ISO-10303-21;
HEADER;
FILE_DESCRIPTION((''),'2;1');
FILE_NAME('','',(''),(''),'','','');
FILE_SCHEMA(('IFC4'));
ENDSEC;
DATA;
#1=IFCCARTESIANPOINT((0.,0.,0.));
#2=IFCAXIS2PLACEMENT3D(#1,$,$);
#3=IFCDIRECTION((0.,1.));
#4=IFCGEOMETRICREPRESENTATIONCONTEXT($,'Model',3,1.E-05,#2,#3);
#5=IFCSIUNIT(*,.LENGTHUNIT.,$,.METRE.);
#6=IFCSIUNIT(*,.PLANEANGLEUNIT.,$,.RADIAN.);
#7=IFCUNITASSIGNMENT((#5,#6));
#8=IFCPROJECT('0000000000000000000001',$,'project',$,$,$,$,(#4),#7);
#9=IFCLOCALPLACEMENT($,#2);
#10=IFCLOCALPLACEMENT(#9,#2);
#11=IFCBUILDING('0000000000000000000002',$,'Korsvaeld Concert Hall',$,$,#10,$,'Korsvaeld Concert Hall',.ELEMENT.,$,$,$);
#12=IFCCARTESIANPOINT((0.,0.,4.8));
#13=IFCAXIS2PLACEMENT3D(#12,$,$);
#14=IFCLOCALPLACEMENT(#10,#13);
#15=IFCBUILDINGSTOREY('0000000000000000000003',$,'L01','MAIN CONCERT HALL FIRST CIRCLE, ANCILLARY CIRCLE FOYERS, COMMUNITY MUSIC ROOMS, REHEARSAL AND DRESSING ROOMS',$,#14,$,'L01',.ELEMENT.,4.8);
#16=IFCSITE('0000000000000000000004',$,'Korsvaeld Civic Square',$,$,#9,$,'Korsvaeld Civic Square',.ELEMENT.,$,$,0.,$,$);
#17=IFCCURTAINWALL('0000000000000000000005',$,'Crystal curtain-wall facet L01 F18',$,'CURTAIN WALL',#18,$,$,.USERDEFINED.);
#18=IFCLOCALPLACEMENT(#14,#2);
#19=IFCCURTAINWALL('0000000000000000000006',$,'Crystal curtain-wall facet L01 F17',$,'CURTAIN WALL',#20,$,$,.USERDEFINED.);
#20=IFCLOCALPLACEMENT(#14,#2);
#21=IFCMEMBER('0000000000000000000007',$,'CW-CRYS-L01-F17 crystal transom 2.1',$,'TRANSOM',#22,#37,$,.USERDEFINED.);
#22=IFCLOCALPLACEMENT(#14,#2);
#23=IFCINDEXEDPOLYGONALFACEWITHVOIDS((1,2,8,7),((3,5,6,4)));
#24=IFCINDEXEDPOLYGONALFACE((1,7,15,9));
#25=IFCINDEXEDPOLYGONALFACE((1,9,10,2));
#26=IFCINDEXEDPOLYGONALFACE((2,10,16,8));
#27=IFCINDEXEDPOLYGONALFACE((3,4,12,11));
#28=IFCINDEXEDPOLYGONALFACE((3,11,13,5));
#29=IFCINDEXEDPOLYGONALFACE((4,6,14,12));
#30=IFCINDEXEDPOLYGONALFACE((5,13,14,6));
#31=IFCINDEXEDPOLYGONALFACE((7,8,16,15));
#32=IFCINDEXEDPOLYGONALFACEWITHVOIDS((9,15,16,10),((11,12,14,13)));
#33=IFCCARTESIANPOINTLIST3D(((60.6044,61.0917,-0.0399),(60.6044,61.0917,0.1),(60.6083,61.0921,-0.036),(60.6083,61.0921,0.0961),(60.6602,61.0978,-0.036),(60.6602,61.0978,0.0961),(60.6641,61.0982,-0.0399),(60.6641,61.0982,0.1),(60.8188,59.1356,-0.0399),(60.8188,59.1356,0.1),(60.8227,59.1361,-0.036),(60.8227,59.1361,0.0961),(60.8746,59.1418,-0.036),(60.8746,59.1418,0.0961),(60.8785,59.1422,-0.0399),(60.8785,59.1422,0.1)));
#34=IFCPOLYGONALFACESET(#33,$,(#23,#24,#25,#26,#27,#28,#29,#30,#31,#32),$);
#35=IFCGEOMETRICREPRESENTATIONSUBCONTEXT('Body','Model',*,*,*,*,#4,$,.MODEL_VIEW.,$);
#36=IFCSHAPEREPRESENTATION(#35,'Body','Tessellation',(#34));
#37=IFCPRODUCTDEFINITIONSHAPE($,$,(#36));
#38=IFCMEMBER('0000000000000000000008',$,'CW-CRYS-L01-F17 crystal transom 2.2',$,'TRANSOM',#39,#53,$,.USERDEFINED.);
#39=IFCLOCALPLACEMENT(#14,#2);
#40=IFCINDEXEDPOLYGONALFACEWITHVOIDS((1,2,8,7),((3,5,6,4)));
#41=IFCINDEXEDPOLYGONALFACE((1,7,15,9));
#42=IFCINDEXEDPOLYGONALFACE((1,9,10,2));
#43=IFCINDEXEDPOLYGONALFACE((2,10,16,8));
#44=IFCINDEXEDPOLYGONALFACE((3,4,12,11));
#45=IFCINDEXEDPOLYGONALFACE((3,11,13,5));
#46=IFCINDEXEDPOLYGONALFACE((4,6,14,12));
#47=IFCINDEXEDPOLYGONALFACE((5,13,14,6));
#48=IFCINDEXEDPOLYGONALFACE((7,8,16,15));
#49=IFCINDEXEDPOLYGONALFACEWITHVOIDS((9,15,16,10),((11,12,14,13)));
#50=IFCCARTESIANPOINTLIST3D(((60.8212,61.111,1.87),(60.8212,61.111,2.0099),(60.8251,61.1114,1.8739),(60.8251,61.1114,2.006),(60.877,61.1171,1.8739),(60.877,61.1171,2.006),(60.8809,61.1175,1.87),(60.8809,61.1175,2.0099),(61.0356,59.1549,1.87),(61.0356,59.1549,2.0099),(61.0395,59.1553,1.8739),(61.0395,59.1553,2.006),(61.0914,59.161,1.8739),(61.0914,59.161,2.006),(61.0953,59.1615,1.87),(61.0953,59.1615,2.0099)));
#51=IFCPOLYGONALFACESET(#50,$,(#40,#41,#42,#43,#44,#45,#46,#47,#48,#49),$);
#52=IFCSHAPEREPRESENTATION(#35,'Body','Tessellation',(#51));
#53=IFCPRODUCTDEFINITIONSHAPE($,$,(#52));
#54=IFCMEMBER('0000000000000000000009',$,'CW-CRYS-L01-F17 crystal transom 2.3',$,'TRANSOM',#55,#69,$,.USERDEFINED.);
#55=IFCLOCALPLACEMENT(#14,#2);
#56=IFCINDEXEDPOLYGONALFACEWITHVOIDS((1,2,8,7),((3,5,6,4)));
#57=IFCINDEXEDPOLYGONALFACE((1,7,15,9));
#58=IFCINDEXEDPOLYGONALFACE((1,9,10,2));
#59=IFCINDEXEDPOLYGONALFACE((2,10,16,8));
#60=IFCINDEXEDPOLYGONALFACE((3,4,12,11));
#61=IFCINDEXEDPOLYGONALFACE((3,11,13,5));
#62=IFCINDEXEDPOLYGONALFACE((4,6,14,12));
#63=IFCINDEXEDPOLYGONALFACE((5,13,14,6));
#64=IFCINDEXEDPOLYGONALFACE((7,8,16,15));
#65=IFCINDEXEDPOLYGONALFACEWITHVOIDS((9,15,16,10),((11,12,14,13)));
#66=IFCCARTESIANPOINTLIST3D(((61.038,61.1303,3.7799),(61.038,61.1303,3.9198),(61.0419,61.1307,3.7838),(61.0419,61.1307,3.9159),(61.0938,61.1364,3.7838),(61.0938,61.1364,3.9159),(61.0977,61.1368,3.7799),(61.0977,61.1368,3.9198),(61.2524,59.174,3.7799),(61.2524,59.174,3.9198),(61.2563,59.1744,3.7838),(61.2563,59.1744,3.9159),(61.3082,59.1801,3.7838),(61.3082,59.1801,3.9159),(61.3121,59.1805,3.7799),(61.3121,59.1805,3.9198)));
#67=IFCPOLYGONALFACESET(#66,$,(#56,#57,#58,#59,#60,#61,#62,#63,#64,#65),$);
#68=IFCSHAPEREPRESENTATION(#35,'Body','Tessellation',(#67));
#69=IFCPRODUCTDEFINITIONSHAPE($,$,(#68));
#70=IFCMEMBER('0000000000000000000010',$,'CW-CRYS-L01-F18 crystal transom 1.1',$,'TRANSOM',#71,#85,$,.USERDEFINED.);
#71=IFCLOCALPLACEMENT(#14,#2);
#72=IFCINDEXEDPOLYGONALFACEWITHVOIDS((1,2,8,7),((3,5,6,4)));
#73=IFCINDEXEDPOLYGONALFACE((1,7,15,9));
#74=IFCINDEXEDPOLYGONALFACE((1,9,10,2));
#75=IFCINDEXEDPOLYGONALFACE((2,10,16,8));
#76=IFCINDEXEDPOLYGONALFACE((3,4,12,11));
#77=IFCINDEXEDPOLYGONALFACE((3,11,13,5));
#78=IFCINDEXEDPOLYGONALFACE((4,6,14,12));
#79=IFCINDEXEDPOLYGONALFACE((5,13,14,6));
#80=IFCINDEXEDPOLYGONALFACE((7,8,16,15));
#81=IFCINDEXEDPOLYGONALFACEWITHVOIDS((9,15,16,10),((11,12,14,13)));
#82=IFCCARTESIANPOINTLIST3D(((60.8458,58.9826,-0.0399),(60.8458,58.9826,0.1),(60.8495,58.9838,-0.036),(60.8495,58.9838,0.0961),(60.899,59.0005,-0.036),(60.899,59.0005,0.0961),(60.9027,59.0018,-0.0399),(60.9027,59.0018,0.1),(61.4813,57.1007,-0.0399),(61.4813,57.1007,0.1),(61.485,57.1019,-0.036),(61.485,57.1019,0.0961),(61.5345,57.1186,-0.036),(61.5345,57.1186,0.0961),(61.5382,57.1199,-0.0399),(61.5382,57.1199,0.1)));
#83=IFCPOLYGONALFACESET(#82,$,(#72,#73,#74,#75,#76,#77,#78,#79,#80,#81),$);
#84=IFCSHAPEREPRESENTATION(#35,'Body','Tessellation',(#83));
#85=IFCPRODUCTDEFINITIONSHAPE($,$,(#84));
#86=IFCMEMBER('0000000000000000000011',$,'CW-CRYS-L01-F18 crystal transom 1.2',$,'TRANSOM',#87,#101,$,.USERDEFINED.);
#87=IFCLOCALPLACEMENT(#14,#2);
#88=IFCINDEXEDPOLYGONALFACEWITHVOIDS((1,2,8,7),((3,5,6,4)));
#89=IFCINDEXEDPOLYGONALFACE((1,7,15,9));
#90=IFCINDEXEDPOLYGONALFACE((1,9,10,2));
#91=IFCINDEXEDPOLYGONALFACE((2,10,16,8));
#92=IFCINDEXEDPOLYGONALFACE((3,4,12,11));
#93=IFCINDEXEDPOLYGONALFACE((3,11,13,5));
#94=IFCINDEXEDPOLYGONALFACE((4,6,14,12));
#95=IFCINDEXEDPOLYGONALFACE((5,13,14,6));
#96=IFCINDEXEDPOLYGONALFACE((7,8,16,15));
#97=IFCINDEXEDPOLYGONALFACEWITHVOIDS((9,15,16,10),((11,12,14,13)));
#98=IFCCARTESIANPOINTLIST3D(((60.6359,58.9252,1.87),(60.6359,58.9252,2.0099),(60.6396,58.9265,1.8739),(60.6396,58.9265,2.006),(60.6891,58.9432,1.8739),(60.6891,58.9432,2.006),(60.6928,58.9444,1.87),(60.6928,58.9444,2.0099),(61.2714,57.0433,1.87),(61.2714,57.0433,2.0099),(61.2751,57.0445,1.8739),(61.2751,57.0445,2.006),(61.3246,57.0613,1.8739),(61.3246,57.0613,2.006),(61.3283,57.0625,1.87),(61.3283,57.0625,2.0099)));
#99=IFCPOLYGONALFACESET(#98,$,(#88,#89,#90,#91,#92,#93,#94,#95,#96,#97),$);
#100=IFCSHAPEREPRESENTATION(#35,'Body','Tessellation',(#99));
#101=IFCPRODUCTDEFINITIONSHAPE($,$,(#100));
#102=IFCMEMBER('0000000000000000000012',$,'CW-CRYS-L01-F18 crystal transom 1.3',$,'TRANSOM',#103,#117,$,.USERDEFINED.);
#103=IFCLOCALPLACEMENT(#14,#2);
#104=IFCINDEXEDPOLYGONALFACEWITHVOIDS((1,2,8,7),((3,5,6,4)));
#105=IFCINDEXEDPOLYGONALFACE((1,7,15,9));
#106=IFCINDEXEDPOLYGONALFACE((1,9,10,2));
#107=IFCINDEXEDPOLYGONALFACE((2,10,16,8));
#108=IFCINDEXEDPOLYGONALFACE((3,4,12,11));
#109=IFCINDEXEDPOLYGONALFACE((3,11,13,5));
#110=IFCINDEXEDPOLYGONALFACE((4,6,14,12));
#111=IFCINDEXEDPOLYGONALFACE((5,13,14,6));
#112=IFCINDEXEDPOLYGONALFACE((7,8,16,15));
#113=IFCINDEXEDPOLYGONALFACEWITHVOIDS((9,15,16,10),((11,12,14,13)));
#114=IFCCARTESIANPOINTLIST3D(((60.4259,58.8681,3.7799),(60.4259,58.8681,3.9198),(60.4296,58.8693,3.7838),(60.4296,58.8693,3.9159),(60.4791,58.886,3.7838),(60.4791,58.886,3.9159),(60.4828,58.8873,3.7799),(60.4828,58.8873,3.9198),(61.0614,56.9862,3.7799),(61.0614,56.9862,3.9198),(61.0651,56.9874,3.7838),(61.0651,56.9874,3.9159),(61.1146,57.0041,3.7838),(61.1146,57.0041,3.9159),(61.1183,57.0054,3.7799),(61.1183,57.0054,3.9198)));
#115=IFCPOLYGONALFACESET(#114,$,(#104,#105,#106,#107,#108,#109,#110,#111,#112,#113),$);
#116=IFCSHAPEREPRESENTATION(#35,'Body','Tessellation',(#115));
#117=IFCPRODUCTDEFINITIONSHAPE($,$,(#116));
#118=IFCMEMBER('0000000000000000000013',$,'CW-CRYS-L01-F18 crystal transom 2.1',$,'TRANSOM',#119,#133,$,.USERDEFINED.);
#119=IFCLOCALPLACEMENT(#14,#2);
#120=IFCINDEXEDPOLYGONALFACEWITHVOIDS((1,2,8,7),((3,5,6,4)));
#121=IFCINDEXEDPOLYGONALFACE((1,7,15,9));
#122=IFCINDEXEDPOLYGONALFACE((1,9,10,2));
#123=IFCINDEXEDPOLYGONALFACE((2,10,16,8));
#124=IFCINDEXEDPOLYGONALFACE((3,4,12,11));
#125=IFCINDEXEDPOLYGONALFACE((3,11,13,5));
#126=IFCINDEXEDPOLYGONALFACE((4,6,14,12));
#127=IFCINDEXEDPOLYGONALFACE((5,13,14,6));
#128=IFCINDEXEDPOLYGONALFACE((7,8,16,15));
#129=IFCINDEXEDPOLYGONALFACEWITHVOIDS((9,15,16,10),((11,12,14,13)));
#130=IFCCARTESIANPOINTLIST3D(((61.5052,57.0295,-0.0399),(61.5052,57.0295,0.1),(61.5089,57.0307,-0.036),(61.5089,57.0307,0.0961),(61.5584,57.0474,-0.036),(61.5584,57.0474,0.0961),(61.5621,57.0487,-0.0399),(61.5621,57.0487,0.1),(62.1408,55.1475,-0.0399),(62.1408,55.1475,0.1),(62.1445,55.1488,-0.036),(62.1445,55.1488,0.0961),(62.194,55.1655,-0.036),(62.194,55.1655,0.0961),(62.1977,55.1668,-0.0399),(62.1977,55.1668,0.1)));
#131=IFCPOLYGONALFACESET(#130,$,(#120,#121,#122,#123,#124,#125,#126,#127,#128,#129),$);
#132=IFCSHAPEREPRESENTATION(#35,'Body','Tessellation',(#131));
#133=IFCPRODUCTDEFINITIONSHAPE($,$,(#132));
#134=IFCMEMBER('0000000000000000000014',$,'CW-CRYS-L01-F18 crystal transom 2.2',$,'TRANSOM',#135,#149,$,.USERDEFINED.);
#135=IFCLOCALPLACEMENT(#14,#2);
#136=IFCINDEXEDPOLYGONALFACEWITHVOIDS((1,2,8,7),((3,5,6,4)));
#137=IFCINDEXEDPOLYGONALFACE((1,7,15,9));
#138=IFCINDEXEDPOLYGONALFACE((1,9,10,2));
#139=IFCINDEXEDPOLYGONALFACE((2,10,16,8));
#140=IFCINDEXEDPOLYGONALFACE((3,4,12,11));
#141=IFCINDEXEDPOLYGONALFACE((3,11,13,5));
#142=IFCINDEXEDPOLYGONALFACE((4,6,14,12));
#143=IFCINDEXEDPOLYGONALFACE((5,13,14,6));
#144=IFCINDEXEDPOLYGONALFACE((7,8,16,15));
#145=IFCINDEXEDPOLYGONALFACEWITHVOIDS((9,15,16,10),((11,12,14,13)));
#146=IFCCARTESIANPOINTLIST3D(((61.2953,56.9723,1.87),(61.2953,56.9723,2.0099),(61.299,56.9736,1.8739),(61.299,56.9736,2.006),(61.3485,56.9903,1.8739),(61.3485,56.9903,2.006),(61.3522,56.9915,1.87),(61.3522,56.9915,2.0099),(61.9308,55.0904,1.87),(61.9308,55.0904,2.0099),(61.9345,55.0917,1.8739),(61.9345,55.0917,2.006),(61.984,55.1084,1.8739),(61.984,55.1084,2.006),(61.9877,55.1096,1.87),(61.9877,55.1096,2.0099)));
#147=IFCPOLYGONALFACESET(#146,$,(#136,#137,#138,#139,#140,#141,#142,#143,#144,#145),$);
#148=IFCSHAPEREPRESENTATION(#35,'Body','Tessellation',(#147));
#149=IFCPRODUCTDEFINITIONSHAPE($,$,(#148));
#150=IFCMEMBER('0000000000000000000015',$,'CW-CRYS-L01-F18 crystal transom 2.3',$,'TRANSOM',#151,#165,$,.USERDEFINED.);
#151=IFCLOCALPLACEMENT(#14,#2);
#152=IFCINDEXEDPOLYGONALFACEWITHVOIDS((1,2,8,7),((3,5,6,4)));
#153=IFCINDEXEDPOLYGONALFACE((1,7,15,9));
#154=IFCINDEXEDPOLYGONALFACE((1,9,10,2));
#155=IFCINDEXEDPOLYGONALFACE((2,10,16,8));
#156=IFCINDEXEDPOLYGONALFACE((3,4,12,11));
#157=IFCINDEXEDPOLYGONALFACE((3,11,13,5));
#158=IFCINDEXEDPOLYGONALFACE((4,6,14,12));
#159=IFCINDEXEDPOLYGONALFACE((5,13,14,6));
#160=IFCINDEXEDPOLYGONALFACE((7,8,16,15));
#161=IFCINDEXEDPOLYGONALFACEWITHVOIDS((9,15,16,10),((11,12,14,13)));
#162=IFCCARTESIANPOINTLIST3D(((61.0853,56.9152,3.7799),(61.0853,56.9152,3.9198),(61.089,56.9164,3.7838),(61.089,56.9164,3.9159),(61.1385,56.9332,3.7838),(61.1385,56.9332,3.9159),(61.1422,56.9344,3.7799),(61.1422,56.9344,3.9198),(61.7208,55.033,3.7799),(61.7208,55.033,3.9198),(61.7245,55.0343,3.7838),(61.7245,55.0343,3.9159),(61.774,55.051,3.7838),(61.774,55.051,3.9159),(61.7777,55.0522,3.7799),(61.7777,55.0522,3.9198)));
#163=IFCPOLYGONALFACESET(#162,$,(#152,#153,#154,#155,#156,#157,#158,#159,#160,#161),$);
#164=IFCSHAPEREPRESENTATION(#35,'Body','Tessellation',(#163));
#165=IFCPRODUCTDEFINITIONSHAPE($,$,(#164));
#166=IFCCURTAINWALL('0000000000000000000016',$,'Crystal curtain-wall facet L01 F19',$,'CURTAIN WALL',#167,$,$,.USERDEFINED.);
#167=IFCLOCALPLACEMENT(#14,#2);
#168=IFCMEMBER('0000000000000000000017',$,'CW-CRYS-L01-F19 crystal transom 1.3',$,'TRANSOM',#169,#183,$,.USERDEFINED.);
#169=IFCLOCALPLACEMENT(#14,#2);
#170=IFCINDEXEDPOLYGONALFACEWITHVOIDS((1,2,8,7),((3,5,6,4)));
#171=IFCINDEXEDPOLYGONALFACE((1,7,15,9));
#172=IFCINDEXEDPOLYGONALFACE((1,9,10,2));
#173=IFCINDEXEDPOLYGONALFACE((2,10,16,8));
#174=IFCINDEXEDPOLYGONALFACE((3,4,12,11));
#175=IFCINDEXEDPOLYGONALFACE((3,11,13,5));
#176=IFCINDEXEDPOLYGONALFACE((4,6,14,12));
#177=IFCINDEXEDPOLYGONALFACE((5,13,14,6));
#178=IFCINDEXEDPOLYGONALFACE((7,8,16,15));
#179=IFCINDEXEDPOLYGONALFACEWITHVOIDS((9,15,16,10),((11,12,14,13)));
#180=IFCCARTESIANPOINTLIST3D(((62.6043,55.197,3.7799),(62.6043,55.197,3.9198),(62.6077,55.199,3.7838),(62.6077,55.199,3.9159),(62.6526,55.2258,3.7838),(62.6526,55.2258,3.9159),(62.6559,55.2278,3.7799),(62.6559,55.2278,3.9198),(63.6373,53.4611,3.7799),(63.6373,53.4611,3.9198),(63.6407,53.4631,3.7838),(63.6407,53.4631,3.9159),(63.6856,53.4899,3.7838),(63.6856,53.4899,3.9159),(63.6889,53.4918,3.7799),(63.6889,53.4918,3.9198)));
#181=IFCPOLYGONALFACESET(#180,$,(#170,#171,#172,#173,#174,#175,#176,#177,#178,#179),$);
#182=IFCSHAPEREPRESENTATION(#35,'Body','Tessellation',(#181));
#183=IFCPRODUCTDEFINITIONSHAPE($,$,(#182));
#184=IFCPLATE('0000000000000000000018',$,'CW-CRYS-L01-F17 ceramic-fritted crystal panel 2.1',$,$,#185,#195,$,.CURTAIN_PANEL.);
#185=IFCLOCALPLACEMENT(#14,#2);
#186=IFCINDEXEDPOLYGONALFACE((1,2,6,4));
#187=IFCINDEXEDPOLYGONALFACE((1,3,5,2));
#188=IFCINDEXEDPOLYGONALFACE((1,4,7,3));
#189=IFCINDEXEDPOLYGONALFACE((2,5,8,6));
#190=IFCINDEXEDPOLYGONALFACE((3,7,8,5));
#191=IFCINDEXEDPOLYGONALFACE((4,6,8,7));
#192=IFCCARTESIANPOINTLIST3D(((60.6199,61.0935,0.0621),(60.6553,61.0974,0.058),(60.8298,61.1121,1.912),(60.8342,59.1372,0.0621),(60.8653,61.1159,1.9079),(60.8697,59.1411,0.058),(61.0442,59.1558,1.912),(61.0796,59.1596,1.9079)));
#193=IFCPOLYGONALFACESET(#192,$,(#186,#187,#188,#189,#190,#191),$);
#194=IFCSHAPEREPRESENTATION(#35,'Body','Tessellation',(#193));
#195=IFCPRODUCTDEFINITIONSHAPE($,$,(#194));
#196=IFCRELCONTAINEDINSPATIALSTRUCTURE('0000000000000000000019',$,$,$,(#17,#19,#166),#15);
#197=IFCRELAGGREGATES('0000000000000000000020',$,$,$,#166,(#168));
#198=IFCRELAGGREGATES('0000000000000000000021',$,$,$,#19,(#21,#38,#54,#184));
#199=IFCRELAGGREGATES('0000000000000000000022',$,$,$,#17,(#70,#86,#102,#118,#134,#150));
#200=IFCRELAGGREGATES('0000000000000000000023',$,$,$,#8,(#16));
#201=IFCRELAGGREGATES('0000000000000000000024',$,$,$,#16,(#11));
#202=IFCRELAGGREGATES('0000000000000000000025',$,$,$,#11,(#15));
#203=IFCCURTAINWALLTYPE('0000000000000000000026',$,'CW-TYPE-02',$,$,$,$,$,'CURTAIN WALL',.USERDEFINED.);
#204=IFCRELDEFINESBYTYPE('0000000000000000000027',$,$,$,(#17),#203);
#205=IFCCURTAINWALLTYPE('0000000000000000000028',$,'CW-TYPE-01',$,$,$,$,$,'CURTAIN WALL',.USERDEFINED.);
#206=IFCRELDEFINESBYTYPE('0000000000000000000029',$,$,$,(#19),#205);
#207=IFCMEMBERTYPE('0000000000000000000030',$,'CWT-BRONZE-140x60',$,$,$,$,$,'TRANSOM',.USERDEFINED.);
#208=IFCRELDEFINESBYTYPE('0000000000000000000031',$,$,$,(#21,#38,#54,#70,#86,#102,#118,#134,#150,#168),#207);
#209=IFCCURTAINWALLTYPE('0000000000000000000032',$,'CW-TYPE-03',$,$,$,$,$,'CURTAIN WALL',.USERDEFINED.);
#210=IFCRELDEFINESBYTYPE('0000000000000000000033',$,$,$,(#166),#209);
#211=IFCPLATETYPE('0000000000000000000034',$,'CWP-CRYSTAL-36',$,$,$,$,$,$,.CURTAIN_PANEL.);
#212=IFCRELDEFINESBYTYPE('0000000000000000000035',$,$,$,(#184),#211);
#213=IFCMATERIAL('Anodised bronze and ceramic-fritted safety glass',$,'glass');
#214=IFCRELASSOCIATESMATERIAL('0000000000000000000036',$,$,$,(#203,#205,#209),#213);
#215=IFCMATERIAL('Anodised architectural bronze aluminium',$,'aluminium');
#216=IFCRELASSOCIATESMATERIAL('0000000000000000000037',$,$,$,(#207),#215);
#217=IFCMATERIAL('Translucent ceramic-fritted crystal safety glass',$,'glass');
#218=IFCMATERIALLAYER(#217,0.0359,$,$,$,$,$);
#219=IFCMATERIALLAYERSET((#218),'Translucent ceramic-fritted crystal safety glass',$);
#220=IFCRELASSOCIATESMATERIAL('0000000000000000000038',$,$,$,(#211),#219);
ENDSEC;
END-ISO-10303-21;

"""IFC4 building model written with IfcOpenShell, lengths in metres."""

from ifc_helpers import new_model, si_unit, direction, frame, origin, origin_2d, place, context, subcontext, project, spatial, polyline, hollow_rectangle, outline, extrude, material, layer, layer_set, material_profile, profile_set, type_object, element, aggregate, save


model = new_model("IFC4")

# Units and contexts
model_context = context("Model", 3, precision=1e-05, world=origin(), true_north=direction((0.0, 1.0)))
body_context = subcontext(model_context, "Body", "Model", "MODEL_VIEW")
ifc_project = project(units=[si_unit("LENGTHUNIT", "METRE"), si_unit("PLANEANGLEUNIT", "RADIAN")], contexts=[model_context])

# Site, building, storey
site_placement = place(None, origin())
site = spatial("IfcSite", under=ifc_project, at=site_placement, Name="Korsvaeld Civic Square", LongName="Korsvaeld Civic Square", CompositionType="ELEMENT", RefElevation=0.0)
building_placement = place(site_placement, origin())
building = spatial("IfcBuilding", under=site, at=building_placement, Name="Korsvaeld Concert Hall", LongName="Korsvaeld Concert Hall", CompositionType="ELEMENT")
storey_placement = place(building_placement, frame((0.0, 0.0, 4.8)))
storey = spatial("IfcBuildingStorey", under=building, at=storey_placement, Name="L01", Description="MAIN CONCERT HALL FIRST CIRCLE, ANCILLARY CIRCLE FOYERS, COMMUNITY MUSIC ROOMS, REHEARSAL AND DRESSING ROOMS", LongName="L01", CompositionType="ELEMENT", Elevation=4.8)

# Curtain walls, members
ifc_material_1 = material(Name="Anodised bronze and ceramic-fritted safety glass", Category="glass")
curtain_wall_type_1 = type_object("IfcCurtainWallType", Name="CW-TYPE-02", ElementType="CURTAIN WALL", PredefinedType="USERDEFINED", material=ifc_material_1)
curtain_wall_1_placement = place(storey_placement, origin())
curtain_wall_1 = element("IfcCurtainWall", 1, at=curtain_wall_1_placement, inside=storey, type_object=curtain_wall_type_1, Name="Crystal curtain-wall facet L01 F18", ObjectType="CURTAIN WALL", PredefinedType="USERDEFINED")
ifc_material_2 = material(Name="Anodised architectural bronze aluminium", Category="aluminium")
curtain_wall_type_2 = type_object("IfcCurtainWallType", Name="CW-TYPE-01", ElementType="CURTAIN WALL", PredefinedType="USERDEFINED", material=ifc_material_1)
curtain_wall_2_placement = place(storey_placement, origin())
curtain_wall_2 = element("IfcCurtainWall", 2, at=curtain_wall_2_placement, inside=storey, type_object=curtain_wall_type_2, Name="Crystal curtain-wall facet L01 F17", ObjectType="CURTAIN WALL", PredefinedType="USERDEFINED")
ifc_material_profile_1 = material_profile(ifc_material_2, hollow_rectangle(XDim=0.0601, YDim=0.1399, WallThickness=0.0039, at=origin_2d()), Name="CWT 140x60x4")
ifc_profile_set_1 = profile_set([ifc_material_profile_1], Name="Anodised architectural bronze aluminium")
member_type_1 = type_object("IfcMemberType", Name="CWT-BRONZE-140x60", ElementType="TRANSOM", PredefinedType="USERDEFINED", material=ifc_profile_set_1)
member_1_placement = place(storey_placement, frame((60.6343, 61.095, 0.03), z_axis=(0.108933, -0.994049, 0.0), x_axis=(0.994049, 0.108933, 0.0)))
member_1 = element("IfcMember", 3, at=member_1_placement, type_object=member_type_1, Name="CW-CRYS-L01-F17 crystal transom 2.1", ObjectType="TRANSOM", PredefinedType="USERDEFINED", context=body_context, shape_type="SweptSolid", body=[
    extrude(hollow_rectangle(XDim=0.0601, YDim=0.1399, WallThickness=0.0039, at=origin_2d()), origin(), (0.0, 0.0, 1.0), 1.9678),
])
member_2_placement = place(storey_placement, frame((60.8511, 61.1143, 1.9399), z_axis=(0.108933, -0.994049, 0.0), x_axis=(0.994049, 0.108933, 0.0)))
member_2 = element("IfcMember", 4, at=member_2_placement, type_object=member_type_1, Name="CW-CRYS-L01-F17 crystal transom 2.2", ObjectType="TRANSOM", PredefinedType="USERDEFINED", context=body_context, shape_type="SweptSolid", body=[
    extrude(hollow_rectangle(XDim=0.0601, YDim=0.1399, WallThickness=0.0039, at=origin_2d()), origin(), (0.0, 0.0, 1.0), 1.9678),
])
member_3_placement = place(storey_placement, frame((61.0679, 61.1335, 3.8499), z_axis=(0.10892, -0.994051, 0.0), x_axis=(0.994051, 0.10892, 0.0)))
member_3 = element("IfcMember", 5, at=member_3_placement, type_object=member_type_1, Name="CW-CRYS-L01-F17 crystal transom 2.3", ObjectType="TRANSOM", PredefinedType="USERDEFINED", context=body_context, shape_type="SweptSolid", body=[
    extrude(hollow_rectangle(XDim=0.0601, YDim=0.1399, WallThickness=0.0039, at=origin_2d()), origin(), (0.0, 0.0, 1.0), 1.968),
])

# Members
member_4_placement = place(storey_placement, frame((60.8743, 58.9922, 0.03), z_axis=(0.31995, -0.947435, 0.0), x_axis=(0.947435, 0.31995, 0.0)))
member_4 = element("IfcMember", 6, at=member_4_placement, type_object=member_type_1, Name="CW-CRYS-L01-F18 crystal transom 1.1", ObjectType="TRANSOM", PredefinedType="USERDEFINED", context=body_context, shape_type="SweptSolid", body=[
    extrude(hollow_rectangle(XDim=0.0601, YDim=0.1399, WallThickness=0.0039, at=origin_2d()), origin(), (0.0, 0.0, 1.0), 1.9863),
])
member_5_placement = place(storey_placement, frame((60.6643, 58.9348, 1.9399), z_axis=(0.31995, -0.947435, 0.0), x_axis=(0.947435, 0.31995, 0.0)))
member_5 = element("IfcMember", 7, at=member_5_placement, type_object=member_type_1, Name="CW-CRYS-L01-F18 crystal transom 1.2", ObjectType="TRANSOM", PredefinedType="USERDEFINED", context=body_context, shape_type="SweptSolid", body=[
    extrude(hollow_rectangle(XDim=0.0601, YDim=0.1399, WallThickness=0.0039, at=origin_2d()), origin(), (0.0, 0.0, 1.0), 1.9863),
])
member_6_placement = place(storey_placement, frame((60.4543, 58.8777, 3.8499), z_axis=(0.31995, -0.947435, 0.0), x_axis=(0.947435, 0.31995, 0.0)))
member_6 = element("IfcMember", 8, at=member_6_placement, type_object=member_type_1, Name="CW-CRYS-L01-F18 crystal transom 1.3", ObjectType="TRANSOM", PredefinedType="USERDEFINED", context=body_context, shape_type="SweptSolid", body=[
    extrude(hollow_rectangle(XDim=0.0601, YDim=0.1399, WallThickness=0.0039, at=origin_2d()), origin(), (0.0, 0.0, 1.0), 1.9863),
])
member_7_placement = place(storey_placement, frame((61.5337, 57.0391, 0.03), z_axis=(0.31995, -0.947435, 0.0), x_axis=(0.947435, 0.31995, 0.0)))
member_7 = element("IfcMember", 9, at=member_7_placement, type_object=member_type_1, Name="CW-CRYS-L01-F18 crystal transom 2.1", ObjectType="TRANSOM", PredefinedType="USERDEFINED", context=body_context, shape_type="SweptSolid", body=[
    extrude(hollow_rectangle(XDim=0.0601, YDim=0.1399, WallThickness=0.0039, at=origin_2d()), origin(), (0.0, 0.0, 1.0), 1.9863),
])
member_8_placement = place(storey_placement, frame((61.3237, 56.9819, 1.9399), z_axis=(0.31995, -0.947435, 0.0), x_axis=(0.947435, 0.31995, 0.0)))
member_8 = element("IfcMember", 10, at=member_8_placement, type_object=member_type_1, Name="CW-CRYS-L01-F18 crystal transom 2.2", ObjectType="TRANSOM", PredefinedType="USERDEFINED", context=body_context, shape_type="SweptSolid", body=[
    extrude(hollow_rectangle(XDim=0.0601, YDim=0.1399, WallThickness=0.0039, at=origin_2d()), origin(), (0.0, 0.0, 1.0), 1.9863),
])
member_9_placement = place(storey_placement, frame((61.1138, 56.9248, 3.8499), z_axis=(0.319912, -0.947447, 0.0), x_axis=(0.947447, 0.319912, 0.0)))
member_9 = element("IfcMember", 11, at=member_9_placement, type_object=member_type_1, Name="CW-CRYS-L01-F18 crystal transom 2.3", ObjectType="TRANSOM", PredefinedType="USERDEFINED", context=body_context, shape_type="SweptSolid", body=[
    extrude(hollow_rectangle(XDim=0.0601, YDim=0.1399, WallThickness=0.0039, at=origin_2d()), origin(), (0.0, 0.0, 1.0), 1.9866),
])

# Curtain wall, member
curtain_wall_type_3 = type_object("IfcCurtainWallType", Name="CW-TYPE-03", ElementType="CURTAIN WALL", PredefinedType="USERDEFINED", material=ifc_material_1)
curtain_wall_3_placement = place(storey_placement, origin())
curtain_wall_3 = element("IfcCurtainWall", 12, at=curtain_wall_3_placement, inside=storey, type_object=curtain_wall_type_3, Name="Crystal curtain-wall facet L01 F19", ObjectType="CURTAIN WALL", PredefinedType="USERDEFINED")
member_10_placement = place(storey_placement, frame((62.6301, 55.2124, 3.8499), z_axis=(0.511382, -0.859354, 0.0), x_axis=(0.859354, 0.511382, 0.0)))
member_10 = element("IfcMember", 13, at=member_10_placement, type_object=member_type_1, Name="CW-CRYS-L01-F19 crystal transom 1.3", ObjectType="TRANSOM", PredefinedType="USERDEFINED", context=body_context, shape_type="SweptSolid", body=[
    extrude(hollow_rectangle(XDim=0.0601, YDim=0.1399, WallThickness=0.0039, at=origin_2d()), origin(), (0.0, 0.0, 1.0), 2.02),
])
aggregate(curtain_wall_3, [member_10])

# Plate
ifc_material_3 = material(Name="Translucent ceramic-fritted crystal safety glass", Category="glass")
ifc_layer_1 = layer(ifc_material_3, 0.0359)
ifc_layer_set_1 = layer_set([ifc_layer_1], Name="Translucent ceramic-fritted crystal safety glass")
plate_type = type_object("IfcPlateType", Name="CWP-CRYSTAL-36", PredefinedType="CURTAIN_PANEL", material=ifc_layer_set_1)
plate_1_placement = place(storey_placement, frame((60.6377, 61.0955, 0.0601), z_axis=(-0.987663, -0.10822, 0.113187), x_axis=(0.10892, -0.994051, 0.0)))
plate_1 = element("IfcPlate", 14, at=plate_1_placement, type_object=plate_type, Name="CW-CRYS-L01-F17 ceramic-fritted crystal panel 2.1", PredefinedType="CURTAIN_PANEL", context=body_context, shape_type="SweptSolid", body=[
    extrude(outline(polyline([(0.0, 0.0), (1.968, 0.0), (1.9724, 1.8618), (0.0044, 1.8618), (0.0, 0.0)])), frame((0.0, 0.0, 0.0181)), (0.0, 0.0, -1.0), 0.0359),
])
aggregate(curtain_wall_2, [member_1, member_2, member_3, plate_1])
aggregate(curtain_wall_1, [member_4, member_5, member_6, member_7, member_8, member_9])

save(model, "model.ifc")
